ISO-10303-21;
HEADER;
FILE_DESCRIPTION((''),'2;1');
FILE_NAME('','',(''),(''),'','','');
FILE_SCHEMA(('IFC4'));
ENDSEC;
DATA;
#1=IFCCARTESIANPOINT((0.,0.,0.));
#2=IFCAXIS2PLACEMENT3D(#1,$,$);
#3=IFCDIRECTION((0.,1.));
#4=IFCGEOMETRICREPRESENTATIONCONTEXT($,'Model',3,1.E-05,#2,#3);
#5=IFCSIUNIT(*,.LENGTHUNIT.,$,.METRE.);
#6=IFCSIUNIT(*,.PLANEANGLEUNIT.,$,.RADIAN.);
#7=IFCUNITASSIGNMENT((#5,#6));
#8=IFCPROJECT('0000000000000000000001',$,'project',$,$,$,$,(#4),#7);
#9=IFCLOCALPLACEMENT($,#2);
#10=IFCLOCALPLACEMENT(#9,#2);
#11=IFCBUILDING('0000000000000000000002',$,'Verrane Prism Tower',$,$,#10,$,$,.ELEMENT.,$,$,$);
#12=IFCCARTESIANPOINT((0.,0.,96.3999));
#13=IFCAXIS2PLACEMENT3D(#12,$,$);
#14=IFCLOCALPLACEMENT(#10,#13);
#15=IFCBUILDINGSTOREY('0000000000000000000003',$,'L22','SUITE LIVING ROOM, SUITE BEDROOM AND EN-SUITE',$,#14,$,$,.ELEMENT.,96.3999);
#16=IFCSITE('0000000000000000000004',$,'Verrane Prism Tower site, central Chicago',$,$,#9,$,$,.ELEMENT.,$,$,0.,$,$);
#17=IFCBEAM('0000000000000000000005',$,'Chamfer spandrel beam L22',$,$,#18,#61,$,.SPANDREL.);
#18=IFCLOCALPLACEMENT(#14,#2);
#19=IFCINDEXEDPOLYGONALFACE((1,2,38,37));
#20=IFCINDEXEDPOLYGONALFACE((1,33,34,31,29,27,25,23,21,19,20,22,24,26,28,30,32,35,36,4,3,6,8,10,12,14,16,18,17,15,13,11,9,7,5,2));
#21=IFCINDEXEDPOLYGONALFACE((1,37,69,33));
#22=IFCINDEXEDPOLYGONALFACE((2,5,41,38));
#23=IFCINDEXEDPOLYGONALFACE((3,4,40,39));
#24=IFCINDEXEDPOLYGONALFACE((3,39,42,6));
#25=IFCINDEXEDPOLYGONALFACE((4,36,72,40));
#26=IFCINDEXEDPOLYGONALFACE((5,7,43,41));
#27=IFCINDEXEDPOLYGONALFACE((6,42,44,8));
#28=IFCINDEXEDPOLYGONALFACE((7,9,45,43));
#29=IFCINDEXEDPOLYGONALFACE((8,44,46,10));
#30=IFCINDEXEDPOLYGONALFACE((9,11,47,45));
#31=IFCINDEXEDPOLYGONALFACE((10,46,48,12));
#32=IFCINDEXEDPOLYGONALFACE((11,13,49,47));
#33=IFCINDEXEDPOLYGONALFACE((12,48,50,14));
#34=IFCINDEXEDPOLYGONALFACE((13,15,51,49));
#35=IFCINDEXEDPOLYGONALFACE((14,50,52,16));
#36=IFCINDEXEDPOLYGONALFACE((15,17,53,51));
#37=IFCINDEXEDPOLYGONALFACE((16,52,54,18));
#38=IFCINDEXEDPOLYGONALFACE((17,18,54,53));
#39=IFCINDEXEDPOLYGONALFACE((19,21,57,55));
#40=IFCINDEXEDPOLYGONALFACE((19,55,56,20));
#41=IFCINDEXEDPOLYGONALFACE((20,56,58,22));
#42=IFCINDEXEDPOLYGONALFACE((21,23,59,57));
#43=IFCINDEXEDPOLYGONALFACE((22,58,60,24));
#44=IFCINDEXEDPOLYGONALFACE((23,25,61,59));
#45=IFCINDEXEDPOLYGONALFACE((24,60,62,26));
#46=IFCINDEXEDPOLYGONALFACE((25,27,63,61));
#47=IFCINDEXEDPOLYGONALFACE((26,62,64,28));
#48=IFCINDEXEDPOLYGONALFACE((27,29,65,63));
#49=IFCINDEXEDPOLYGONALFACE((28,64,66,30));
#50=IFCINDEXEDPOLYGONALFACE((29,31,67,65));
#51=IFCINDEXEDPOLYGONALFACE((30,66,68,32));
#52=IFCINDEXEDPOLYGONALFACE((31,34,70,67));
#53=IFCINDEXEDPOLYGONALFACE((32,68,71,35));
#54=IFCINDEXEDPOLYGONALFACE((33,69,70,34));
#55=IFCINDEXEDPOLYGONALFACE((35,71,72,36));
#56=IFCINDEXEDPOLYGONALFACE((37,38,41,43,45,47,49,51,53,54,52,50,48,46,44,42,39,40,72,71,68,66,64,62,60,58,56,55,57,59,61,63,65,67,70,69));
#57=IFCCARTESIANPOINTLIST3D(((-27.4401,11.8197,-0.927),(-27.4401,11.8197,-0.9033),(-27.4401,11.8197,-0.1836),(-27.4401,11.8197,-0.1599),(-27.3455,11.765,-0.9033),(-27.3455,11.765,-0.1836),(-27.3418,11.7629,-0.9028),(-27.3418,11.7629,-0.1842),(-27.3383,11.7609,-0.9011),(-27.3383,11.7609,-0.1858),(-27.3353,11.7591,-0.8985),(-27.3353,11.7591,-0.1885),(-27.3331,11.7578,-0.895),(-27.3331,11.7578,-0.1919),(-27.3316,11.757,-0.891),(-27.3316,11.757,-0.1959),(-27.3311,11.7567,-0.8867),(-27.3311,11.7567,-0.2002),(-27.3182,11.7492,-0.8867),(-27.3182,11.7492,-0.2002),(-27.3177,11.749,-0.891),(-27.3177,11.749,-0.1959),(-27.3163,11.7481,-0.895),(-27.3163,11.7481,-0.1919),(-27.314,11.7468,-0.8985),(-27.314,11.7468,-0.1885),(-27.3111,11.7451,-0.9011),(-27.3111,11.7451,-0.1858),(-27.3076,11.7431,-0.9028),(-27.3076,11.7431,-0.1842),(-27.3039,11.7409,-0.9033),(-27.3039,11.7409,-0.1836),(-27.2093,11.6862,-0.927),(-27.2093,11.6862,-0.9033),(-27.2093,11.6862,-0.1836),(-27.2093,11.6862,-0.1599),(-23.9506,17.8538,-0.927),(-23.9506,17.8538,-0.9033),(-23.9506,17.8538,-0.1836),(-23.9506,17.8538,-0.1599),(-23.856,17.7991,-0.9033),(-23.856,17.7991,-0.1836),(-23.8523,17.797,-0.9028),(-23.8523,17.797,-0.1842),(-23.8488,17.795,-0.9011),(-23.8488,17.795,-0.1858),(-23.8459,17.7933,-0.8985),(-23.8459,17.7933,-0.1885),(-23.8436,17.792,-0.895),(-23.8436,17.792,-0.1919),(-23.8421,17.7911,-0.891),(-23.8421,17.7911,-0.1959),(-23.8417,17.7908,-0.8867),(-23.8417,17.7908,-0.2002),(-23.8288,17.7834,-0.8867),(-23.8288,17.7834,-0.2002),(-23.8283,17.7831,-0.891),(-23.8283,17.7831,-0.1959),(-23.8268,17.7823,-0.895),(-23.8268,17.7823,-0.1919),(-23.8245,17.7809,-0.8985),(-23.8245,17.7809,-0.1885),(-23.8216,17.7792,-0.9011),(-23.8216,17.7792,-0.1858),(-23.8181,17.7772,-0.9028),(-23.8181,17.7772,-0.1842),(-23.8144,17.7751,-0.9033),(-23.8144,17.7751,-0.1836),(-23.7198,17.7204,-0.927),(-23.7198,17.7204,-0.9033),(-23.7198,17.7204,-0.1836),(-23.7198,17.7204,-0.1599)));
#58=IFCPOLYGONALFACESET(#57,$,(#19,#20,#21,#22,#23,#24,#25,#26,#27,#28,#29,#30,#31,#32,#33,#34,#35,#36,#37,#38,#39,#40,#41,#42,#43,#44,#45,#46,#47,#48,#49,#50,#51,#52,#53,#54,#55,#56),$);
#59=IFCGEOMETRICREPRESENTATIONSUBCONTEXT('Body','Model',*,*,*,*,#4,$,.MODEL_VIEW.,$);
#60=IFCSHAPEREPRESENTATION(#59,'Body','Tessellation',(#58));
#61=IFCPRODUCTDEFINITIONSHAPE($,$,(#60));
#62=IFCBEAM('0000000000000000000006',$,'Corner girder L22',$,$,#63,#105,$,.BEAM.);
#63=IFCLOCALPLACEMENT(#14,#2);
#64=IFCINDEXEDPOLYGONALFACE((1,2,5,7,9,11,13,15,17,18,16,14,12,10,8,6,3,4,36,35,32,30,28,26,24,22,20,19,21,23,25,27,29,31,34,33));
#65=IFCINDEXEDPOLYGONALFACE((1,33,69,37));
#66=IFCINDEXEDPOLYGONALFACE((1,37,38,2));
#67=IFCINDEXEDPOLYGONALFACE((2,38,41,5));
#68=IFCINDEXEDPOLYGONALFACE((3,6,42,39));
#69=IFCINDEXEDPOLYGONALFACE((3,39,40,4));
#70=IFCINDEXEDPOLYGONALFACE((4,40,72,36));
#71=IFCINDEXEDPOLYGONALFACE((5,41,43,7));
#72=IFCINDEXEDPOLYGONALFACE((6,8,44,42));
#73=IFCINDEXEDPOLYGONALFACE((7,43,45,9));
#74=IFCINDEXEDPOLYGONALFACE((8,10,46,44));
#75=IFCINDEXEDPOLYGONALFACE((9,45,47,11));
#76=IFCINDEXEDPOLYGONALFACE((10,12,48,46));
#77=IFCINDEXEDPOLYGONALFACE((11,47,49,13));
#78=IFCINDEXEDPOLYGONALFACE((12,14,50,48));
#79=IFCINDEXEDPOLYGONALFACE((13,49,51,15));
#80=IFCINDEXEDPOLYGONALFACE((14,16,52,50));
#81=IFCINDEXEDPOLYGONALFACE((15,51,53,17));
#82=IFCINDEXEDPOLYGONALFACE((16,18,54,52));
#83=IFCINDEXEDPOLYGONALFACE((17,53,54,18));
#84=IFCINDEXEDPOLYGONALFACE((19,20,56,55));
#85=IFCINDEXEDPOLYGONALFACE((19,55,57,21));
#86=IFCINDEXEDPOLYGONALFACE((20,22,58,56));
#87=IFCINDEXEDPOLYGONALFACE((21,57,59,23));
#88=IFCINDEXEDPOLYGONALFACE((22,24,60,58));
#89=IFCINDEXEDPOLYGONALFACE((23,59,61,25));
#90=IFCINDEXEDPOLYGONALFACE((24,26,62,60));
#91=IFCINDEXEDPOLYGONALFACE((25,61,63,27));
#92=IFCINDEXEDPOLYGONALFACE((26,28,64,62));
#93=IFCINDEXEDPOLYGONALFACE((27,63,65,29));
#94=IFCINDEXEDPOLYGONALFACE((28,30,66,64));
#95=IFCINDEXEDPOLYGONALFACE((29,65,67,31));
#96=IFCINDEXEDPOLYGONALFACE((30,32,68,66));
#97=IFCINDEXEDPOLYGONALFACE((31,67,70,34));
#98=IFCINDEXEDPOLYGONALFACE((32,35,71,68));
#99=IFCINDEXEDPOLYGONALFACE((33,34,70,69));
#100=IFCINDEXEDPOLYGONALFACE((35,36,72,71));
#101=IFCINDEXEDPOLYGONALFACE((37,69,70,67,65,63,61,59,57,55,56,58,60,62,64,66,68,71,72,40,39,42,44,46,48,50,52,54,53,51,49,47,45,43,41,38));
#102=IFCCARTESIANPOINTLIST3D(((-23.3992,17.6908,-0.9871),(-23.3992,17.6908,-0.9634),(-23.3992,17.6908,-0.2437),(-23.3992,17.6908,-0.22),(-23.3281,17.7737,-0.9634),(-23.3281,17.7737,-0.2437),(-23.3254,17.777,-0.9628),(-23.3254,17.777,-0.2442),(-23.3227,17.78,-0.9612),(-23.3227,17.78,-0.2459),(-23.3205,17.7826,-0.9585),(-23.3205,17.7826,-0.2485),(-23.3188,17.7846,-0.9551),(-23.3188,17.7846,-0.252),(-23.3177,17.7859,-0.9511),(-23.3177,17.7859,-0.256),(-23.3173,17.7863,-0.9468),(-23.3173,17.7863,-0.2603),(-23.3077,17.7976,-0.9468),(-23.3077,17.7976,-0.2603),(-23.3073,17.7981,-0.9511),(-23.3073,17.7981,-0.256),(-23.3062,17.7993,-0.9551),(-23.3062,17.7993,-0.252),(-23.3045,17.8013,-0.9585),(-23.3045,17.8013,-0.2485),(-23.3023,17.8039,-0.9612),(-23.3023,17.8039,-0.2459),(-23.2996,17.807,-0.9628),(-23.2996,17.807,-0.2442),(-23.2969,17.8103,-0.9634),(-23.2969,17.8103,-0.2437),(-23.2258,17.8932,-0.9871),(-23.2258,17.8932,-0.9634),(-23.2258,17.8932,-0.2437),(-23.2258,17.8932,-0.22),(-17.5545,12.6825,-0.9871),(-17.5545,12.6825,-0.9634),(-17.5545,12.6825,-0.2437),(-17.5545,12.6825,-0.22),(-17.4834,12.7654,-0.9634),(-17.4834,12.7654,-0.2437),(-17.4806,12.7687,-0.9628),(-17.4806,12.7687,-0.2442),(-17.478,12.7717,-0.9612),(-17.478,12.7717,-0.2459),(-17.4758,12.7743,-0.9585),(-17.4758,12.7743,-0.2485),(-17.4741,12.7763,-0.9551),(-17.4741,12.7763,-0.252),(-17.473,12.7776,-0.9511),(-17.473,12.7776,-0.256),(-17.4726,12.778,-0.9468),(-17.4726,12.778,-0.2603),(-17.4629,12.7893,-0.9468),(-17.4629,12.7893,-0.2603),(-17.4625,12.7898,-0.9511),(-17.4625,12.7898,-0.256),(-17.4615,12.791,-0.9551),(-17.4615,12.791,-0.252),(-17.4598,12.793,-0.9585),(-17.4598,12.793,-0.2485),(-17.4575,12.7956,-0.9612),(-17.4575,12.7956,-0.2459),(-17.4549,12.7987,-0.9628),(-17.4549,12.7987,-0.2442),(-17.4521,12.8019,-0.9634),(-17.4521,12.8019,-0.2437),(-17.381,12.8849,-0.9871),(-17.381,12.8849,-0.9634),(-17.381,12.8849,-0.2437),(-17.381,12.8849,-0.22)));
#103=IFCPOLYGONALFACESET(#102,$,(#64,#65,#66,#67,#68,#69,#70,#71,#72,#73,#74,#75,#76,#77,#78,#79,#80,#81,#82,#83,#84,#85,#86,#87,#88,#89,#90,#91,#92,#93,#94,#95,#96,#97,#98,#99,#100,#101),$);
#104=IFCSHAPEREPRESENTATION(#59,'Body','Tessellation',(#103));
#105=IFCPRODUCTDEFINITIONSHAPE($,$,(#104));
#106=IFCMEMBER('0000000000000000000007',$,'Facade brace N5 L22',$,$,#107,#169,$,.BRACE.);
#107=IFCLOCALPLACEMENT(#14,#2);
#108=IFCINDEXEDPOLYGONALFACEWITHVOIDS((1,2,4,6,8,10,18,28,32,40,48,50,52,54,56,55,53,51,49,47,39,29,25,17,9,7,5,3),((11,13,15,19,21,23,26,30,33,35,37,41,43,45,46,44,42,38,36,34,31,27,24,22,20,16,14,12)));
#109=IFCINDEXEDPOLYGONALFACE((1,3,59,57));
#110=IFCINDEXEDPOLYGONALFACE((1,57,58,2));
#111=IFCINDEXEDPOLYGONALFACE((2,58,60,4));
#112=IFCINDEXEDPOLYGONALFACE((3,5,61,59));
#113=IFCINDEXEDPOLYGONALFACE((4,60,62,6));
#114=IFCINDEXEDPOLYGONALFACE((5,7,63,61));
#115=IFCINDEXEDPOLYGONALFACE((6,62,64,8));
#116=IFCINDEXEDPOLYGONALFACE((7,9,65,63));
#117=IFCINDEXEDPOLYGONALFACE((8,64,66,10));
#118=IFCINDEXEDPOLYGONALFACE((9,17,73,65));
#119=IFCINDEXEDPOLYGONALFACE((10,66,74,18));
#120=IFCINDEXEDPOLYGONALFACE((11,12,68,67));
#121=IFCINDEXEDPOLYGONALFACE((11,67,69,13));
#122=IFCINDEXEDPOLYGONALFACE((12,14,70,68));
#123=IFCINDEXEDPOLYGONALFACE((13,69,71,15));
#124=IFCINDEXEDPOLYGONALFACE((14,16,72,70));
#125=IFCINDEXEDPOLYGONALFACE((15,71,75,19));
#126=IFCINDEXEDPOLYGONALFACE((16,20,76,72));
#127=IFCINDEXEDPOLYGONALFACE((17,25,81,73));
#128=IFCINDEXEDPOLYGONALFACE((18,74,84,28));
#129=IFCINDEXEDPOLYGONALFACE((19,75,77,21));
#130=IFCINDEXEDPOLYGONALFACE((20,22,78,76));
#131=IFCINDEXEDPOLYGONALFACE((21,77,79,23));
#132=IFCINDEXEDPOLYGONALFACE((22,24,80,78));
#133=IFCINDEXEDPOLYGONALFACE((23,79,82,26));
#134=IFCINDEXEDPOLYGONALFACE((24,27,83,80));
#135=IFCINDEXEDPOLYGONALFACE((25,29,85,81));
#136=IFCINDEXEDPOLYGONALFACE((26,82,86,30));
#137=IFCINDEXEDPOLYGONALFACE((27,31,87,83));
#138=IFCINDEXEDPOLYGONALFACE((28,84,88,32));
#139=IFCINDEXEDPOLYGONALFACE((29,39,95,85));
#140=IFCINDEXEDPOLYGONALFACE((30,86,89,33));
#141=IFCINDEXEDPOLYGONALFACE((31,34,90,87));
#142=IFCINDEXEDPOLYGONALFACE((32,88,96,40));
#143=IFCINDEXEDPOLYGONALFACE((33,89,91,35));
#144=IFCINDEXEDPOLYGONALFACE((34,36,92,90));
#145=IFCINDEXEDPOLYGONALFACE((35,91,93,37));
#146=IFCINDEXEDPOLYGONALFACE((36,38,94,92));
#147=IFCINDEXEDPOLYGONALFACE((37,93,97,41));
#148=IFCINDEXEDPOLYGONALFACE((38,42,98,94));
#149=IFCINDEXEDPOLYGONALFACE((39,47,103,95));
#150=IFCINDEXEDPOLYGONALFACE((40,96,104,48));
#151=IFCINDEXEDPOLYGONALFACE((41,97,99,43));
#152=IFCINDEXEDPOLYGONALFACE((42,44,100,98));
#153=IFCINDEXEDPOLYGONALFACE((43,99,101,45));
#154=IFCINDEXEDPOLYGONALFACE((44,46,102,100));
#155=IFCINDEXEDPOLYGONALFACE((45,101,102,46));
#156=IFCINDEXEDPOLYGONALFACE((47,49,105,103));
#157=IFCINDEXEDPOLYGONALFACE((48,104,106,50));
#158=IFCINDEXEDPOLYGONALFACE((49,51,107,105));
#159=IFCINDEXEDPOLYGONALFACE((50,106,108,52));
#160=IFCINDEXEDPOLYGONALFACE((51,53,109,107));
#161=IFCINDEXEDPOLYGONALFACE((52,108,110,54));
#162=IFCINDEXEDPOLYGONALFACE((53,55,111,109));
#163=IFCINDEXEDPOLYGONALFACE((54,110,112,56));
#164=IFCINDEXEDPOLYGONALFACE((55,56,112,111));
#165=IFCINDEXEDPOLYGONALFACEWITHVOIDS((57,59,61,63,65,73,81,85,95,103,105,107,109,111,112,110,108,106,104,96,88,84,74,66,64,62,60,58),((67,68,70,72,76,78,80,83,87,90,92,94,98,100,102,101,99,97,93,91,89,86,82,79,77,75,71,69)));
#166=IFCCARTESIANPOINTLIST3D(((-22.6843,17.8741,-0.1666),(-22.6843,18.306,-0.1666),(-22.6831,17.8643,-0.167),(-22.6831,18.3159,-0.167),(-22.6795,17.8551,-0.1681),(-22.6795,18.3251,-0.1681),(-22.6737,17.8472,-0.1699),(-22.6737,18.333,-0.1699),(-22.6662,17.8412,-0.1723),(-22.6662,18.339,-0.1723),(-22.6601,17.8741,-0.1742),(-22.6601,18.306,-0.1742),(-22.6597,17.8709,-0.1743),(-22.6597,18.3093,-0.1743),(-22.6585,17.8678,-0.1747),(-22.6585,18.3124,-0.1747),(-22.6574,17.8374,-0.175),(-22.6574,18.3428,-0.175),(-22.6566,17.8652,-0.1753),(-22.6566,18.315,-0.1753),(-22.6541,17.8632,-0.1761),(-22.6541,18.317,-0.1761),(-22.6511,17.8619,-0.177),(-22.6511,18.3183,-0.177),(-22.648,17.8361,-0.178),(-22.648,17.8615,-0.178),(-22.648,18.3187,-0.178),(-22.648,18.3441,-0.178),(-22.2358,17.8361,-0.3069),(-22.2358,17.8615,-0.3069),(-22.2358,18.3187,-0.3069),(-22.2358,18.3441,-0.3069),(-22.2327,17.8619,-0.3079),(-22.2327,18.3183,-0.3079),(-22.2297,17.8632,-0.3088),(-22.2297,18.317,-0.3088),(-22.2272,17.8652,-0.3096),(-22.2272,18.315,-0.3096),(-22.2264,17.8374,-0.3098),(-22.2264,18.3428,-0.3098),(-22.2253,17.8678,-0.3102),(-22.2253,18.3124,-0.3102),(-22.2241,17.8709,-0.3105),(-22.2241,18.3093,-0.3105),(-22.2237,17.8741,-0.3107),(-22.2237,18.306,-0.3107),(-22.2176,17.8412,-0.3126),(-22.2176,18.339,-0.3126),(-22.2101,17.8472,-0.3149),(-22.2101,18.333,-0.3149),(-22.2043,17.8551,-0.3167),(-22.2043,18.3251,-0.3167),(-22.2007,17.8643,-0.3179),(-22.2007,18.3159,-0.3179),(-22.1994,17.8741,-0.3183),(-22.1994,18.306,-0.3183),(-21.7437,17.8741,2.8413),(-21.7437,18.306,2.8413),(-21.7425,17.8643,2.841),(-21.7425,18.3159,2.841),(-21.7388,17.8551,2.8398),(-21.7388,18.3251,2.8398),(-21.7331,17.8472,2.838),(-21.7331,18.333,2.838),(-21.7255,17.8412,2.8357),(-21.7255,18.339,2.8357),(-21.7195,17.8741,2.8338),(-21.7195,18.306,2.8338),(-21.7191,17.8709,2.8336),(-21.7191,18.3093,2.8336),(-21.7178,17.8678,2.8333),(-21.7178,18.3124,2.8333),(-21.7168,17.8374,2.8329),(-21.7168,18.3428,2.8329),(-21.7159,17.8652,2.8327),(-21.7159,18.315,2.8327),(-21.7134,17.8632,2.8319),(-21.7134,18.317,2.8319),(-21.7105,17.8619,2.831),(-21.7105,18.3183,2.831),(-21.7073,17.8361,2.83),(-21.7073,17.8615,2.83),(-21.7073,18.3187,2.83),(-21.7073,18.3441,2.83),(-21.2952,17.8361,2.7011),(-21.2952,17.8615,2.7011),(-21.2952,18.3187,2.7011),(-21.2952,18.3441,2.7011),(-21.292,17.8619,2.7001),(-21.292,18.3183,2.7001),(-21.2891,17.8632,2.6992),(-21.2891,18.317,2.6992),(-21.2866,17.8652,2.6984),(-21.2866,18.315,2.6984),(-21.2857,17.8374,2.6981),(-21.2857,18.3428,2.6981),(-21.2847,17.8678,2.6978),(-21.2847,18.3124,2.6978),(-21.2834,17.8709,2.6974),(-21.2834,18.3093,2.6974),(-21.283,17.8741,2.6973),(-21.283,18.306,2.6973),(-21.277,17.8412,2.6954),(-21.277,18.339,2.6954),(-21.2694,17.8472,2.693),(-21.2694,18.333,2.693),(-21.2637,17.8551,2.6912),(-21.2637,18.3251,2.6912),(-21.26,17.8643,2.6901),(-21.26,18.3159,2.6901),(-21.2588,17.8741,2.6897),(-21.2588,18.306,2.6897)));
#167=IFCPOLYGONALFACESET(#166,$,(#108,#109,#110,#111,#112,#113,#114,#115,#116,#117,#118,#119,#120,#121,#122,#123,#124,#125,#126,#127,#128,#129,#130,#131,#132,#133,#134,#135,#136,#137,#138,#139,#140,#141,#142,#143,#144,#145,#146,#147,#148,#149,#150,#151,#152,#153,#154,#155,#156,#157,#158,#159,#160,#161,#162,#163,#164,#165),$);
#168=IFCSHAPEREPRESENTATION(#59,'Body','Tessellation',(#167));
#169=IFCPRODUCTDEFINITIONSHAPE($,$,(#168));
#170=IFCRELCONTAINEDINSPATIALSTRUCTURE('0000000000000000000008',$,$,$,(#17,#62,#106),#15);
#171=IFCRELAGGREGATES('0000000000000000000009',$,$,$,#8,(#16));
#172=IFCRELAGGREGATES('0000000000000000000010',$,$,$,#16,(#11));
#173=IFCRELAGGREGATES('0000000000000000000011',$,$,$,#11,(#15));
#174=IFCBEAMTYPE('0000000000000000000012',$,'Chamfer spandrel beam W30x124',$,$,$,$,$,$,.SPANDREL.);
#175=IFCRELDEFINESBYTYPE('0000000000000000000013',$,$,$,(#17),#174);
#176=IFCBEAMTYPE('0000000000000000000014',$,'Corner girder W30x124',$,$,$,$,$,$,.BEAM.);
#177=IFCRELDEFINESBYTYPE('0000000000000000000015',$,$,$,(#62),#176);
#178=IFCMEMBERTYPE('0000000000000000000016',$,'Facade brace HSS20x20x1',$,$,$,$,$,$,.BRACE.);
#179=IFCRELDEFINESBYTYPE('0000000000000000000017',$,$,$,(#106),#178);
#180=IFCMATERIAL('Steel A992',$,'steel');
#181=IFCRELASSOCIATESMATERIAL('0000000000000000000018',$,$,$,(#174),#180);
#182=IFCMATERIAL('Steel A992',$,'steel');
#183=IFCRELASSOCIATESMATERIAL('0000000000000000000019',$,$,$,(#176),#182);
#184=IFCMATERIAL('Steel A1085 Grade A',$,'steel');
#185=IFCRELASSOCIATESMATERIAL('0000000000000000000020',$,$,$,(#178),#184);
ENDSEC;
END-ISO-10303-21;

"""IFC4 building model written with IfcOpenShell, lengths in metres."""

from ifc_helpers import new_model, si_unit, direction, frame, origin, origin_2d, place, context, subcontext, project, spatial, hollow_rectangle, i_section, extrude, material, material_profile, profile_set, type_object, element, save


model = new_model("IFC4")

# Units and contexts
model_context = context("Model", 3, precision=1e-05, world=origin(), true_north=direction((0.0, 1.0)))
body_context = subcontext(model_context, "Body", "Model", "MODEL_VIEW")
ifc_project = project(units=[si_unit("LENGTHUNIT", "METRE"), si_unit("PLANEANGLEUNIT", "RADIAN")], contexts=[model_context])

# Site, building, storey
site_placement = place(None, origin())
site = spatial("IfcSite", under=ifc_project, at=site_placement, Name="Verrane Prism Tower site, central Chicago", CompositionType="ELEMENT", RefElevation=0.0)
building_placement = place(site_placement, origin())
building = spatial("IfcBuilding", under=site, at=building_placement, Name="Verrane Prism Tower", CompositionType="ELEMENT")
storey_placement = place(building_placement, frame((0.0, 0.0, 96.3999)))
storey = spatial("IfcBuildingStorey", under=building, at=storey_placement, Name="L22", Description="SUITE LIVING ROOM, SUITE BEDROOM AND EN-SUITE", CompositionType="ELEMENT", Elevation=96.3999)

# Beams
ifc_material_1 = material(Name="Steel A992", Category="steel")
ifc_material_profile_1 = material_profile(ifc_material_1, i_section(OverallWidth=0.2666, OverallDepth=0.7671, WebThickness=0.0149, FlangeThickness=0.0237, FilletRadius=0.0166, at=origin_2d()), Name="W30x124")
ifc_profile_set_1 = profile_set([ifc_material_profile_1], Name="Steel A992")
beam_type_1 = type_object("IfcBeamType", Name="Chamfer spandrel beam W30x124", PredefinedType="SPANDREL", material=ifc_profile_set_1)
beam_1_placement = place(storey_placement, frame((-23.8352, 17.7871, -0.5435), z_axis=(-0.50061, -0.865673, 0.0), x_axis=(0.865673, -0.50061, 0.0)))
element("IfcBeam", 1, at=beam_1_placement, inside=storey, type_object=beam_type_1, Name="Chamfer spandrel beam L22", PredefinedType="SPANDREL", context=body_context, shape_type="SweptSolid", body=[
    extrude(i_section(OverallWidth=0.2666, OverallDepth=0.7671, WebThickness=0.0149, FlangeThickness=0.0237, FilletRadius=0.0166, at=origin_2d()), origin(), (0.0, 0.0, 1.0), 6.9705),
])
ifc_material_2 = material(Name="Steel A992", Category="steel")
ifc_material_profile_2 = material_profile(ifc_material_2, i_section(OverallWidth=0.2666, OverallDepth=0.7671, WebThickness=0.0149, FlangeThickness=0.0237, FilletRadius=0.0166, at=origin_2d()), Name="W30x124")
ifc_profile_set_2 = profile_set([ifc_material_profile_2], Name="Steel A992")
beam_type_2 = type_object("IfcBeamType", Name="Corner girder W30x124", PredefinedType="BEAM", material=ifc_profile_set_2)
beam_2_placement = place(storey_placement, frame((-23.3125, 17.792, -0.6035), z_axis=(0.759351, -0.650682, 0.0), x_axis=(0.650682, 0.759351, 0.0)))
element("IfcBeam", 2, at=beam_2_placement, inside=storey, type_object=beam_type_2, Name="Corner girder L22", PredefinedType="BEAM", context=body_context, shape_type="SweptSolid", body=[
    extrude(i_section(OverallWidth=0.2666, OverallDepth=0.7671, WebThickness=0.0149, FlangeThickness=0.0237, FilletRadius=0.0166, at=origin_2d()), origin(), (0.0, 0.0, 1.0), 7.697),
])

# Member
ifc_material_3 = material(Name="Steel A1085 Grade A", Category="steel")
ifc_material_profile_3 = material_profile(ifc_material_3, hollow_rectangle(XDim=0.5081, YDim=0.5081, WallThickness=0.0254, InnerFilletRadius=0.0127, OuterFilletRadius=0.0381, at=origin_2d()), Name="HSS20x20x1")
ifc_profile_set_3 = profile_set([ifc_material_profile_3], Name="Steel A1085 Grade A")
member_type_1 = type_object("IfcMemberType", Name="Facade brace HSS20x20x1", PredefinedType="BRACE", material=ifc_profile_set_3)
member_1_placement = place(storey_placement, frame((-22.4419, 18.0901, -0.2424), z_axis=(0.298465, 0.0, 0.954421), x_axis=(0.0, 1.0, 0.0)))
element("IfcMember", 3, at=member_1_placement, inside=storey, type_object=member_type_1, Name="Facade brace N5 L22", PredefinedType="BRACE", context=body_context, shape_type="SweptSolid", body=[
    extrude(hollow_rectangle(XDim=0.5081, YDim=0.5081, WallThickness=0.0254, InnerFilletRadius=0.0127, OuterFilletRadius=0.0381, at=origin_2d()), origin(), (0.0, 0.0, 1.0), 3.1516),
])

save(model, "model.ifc")
